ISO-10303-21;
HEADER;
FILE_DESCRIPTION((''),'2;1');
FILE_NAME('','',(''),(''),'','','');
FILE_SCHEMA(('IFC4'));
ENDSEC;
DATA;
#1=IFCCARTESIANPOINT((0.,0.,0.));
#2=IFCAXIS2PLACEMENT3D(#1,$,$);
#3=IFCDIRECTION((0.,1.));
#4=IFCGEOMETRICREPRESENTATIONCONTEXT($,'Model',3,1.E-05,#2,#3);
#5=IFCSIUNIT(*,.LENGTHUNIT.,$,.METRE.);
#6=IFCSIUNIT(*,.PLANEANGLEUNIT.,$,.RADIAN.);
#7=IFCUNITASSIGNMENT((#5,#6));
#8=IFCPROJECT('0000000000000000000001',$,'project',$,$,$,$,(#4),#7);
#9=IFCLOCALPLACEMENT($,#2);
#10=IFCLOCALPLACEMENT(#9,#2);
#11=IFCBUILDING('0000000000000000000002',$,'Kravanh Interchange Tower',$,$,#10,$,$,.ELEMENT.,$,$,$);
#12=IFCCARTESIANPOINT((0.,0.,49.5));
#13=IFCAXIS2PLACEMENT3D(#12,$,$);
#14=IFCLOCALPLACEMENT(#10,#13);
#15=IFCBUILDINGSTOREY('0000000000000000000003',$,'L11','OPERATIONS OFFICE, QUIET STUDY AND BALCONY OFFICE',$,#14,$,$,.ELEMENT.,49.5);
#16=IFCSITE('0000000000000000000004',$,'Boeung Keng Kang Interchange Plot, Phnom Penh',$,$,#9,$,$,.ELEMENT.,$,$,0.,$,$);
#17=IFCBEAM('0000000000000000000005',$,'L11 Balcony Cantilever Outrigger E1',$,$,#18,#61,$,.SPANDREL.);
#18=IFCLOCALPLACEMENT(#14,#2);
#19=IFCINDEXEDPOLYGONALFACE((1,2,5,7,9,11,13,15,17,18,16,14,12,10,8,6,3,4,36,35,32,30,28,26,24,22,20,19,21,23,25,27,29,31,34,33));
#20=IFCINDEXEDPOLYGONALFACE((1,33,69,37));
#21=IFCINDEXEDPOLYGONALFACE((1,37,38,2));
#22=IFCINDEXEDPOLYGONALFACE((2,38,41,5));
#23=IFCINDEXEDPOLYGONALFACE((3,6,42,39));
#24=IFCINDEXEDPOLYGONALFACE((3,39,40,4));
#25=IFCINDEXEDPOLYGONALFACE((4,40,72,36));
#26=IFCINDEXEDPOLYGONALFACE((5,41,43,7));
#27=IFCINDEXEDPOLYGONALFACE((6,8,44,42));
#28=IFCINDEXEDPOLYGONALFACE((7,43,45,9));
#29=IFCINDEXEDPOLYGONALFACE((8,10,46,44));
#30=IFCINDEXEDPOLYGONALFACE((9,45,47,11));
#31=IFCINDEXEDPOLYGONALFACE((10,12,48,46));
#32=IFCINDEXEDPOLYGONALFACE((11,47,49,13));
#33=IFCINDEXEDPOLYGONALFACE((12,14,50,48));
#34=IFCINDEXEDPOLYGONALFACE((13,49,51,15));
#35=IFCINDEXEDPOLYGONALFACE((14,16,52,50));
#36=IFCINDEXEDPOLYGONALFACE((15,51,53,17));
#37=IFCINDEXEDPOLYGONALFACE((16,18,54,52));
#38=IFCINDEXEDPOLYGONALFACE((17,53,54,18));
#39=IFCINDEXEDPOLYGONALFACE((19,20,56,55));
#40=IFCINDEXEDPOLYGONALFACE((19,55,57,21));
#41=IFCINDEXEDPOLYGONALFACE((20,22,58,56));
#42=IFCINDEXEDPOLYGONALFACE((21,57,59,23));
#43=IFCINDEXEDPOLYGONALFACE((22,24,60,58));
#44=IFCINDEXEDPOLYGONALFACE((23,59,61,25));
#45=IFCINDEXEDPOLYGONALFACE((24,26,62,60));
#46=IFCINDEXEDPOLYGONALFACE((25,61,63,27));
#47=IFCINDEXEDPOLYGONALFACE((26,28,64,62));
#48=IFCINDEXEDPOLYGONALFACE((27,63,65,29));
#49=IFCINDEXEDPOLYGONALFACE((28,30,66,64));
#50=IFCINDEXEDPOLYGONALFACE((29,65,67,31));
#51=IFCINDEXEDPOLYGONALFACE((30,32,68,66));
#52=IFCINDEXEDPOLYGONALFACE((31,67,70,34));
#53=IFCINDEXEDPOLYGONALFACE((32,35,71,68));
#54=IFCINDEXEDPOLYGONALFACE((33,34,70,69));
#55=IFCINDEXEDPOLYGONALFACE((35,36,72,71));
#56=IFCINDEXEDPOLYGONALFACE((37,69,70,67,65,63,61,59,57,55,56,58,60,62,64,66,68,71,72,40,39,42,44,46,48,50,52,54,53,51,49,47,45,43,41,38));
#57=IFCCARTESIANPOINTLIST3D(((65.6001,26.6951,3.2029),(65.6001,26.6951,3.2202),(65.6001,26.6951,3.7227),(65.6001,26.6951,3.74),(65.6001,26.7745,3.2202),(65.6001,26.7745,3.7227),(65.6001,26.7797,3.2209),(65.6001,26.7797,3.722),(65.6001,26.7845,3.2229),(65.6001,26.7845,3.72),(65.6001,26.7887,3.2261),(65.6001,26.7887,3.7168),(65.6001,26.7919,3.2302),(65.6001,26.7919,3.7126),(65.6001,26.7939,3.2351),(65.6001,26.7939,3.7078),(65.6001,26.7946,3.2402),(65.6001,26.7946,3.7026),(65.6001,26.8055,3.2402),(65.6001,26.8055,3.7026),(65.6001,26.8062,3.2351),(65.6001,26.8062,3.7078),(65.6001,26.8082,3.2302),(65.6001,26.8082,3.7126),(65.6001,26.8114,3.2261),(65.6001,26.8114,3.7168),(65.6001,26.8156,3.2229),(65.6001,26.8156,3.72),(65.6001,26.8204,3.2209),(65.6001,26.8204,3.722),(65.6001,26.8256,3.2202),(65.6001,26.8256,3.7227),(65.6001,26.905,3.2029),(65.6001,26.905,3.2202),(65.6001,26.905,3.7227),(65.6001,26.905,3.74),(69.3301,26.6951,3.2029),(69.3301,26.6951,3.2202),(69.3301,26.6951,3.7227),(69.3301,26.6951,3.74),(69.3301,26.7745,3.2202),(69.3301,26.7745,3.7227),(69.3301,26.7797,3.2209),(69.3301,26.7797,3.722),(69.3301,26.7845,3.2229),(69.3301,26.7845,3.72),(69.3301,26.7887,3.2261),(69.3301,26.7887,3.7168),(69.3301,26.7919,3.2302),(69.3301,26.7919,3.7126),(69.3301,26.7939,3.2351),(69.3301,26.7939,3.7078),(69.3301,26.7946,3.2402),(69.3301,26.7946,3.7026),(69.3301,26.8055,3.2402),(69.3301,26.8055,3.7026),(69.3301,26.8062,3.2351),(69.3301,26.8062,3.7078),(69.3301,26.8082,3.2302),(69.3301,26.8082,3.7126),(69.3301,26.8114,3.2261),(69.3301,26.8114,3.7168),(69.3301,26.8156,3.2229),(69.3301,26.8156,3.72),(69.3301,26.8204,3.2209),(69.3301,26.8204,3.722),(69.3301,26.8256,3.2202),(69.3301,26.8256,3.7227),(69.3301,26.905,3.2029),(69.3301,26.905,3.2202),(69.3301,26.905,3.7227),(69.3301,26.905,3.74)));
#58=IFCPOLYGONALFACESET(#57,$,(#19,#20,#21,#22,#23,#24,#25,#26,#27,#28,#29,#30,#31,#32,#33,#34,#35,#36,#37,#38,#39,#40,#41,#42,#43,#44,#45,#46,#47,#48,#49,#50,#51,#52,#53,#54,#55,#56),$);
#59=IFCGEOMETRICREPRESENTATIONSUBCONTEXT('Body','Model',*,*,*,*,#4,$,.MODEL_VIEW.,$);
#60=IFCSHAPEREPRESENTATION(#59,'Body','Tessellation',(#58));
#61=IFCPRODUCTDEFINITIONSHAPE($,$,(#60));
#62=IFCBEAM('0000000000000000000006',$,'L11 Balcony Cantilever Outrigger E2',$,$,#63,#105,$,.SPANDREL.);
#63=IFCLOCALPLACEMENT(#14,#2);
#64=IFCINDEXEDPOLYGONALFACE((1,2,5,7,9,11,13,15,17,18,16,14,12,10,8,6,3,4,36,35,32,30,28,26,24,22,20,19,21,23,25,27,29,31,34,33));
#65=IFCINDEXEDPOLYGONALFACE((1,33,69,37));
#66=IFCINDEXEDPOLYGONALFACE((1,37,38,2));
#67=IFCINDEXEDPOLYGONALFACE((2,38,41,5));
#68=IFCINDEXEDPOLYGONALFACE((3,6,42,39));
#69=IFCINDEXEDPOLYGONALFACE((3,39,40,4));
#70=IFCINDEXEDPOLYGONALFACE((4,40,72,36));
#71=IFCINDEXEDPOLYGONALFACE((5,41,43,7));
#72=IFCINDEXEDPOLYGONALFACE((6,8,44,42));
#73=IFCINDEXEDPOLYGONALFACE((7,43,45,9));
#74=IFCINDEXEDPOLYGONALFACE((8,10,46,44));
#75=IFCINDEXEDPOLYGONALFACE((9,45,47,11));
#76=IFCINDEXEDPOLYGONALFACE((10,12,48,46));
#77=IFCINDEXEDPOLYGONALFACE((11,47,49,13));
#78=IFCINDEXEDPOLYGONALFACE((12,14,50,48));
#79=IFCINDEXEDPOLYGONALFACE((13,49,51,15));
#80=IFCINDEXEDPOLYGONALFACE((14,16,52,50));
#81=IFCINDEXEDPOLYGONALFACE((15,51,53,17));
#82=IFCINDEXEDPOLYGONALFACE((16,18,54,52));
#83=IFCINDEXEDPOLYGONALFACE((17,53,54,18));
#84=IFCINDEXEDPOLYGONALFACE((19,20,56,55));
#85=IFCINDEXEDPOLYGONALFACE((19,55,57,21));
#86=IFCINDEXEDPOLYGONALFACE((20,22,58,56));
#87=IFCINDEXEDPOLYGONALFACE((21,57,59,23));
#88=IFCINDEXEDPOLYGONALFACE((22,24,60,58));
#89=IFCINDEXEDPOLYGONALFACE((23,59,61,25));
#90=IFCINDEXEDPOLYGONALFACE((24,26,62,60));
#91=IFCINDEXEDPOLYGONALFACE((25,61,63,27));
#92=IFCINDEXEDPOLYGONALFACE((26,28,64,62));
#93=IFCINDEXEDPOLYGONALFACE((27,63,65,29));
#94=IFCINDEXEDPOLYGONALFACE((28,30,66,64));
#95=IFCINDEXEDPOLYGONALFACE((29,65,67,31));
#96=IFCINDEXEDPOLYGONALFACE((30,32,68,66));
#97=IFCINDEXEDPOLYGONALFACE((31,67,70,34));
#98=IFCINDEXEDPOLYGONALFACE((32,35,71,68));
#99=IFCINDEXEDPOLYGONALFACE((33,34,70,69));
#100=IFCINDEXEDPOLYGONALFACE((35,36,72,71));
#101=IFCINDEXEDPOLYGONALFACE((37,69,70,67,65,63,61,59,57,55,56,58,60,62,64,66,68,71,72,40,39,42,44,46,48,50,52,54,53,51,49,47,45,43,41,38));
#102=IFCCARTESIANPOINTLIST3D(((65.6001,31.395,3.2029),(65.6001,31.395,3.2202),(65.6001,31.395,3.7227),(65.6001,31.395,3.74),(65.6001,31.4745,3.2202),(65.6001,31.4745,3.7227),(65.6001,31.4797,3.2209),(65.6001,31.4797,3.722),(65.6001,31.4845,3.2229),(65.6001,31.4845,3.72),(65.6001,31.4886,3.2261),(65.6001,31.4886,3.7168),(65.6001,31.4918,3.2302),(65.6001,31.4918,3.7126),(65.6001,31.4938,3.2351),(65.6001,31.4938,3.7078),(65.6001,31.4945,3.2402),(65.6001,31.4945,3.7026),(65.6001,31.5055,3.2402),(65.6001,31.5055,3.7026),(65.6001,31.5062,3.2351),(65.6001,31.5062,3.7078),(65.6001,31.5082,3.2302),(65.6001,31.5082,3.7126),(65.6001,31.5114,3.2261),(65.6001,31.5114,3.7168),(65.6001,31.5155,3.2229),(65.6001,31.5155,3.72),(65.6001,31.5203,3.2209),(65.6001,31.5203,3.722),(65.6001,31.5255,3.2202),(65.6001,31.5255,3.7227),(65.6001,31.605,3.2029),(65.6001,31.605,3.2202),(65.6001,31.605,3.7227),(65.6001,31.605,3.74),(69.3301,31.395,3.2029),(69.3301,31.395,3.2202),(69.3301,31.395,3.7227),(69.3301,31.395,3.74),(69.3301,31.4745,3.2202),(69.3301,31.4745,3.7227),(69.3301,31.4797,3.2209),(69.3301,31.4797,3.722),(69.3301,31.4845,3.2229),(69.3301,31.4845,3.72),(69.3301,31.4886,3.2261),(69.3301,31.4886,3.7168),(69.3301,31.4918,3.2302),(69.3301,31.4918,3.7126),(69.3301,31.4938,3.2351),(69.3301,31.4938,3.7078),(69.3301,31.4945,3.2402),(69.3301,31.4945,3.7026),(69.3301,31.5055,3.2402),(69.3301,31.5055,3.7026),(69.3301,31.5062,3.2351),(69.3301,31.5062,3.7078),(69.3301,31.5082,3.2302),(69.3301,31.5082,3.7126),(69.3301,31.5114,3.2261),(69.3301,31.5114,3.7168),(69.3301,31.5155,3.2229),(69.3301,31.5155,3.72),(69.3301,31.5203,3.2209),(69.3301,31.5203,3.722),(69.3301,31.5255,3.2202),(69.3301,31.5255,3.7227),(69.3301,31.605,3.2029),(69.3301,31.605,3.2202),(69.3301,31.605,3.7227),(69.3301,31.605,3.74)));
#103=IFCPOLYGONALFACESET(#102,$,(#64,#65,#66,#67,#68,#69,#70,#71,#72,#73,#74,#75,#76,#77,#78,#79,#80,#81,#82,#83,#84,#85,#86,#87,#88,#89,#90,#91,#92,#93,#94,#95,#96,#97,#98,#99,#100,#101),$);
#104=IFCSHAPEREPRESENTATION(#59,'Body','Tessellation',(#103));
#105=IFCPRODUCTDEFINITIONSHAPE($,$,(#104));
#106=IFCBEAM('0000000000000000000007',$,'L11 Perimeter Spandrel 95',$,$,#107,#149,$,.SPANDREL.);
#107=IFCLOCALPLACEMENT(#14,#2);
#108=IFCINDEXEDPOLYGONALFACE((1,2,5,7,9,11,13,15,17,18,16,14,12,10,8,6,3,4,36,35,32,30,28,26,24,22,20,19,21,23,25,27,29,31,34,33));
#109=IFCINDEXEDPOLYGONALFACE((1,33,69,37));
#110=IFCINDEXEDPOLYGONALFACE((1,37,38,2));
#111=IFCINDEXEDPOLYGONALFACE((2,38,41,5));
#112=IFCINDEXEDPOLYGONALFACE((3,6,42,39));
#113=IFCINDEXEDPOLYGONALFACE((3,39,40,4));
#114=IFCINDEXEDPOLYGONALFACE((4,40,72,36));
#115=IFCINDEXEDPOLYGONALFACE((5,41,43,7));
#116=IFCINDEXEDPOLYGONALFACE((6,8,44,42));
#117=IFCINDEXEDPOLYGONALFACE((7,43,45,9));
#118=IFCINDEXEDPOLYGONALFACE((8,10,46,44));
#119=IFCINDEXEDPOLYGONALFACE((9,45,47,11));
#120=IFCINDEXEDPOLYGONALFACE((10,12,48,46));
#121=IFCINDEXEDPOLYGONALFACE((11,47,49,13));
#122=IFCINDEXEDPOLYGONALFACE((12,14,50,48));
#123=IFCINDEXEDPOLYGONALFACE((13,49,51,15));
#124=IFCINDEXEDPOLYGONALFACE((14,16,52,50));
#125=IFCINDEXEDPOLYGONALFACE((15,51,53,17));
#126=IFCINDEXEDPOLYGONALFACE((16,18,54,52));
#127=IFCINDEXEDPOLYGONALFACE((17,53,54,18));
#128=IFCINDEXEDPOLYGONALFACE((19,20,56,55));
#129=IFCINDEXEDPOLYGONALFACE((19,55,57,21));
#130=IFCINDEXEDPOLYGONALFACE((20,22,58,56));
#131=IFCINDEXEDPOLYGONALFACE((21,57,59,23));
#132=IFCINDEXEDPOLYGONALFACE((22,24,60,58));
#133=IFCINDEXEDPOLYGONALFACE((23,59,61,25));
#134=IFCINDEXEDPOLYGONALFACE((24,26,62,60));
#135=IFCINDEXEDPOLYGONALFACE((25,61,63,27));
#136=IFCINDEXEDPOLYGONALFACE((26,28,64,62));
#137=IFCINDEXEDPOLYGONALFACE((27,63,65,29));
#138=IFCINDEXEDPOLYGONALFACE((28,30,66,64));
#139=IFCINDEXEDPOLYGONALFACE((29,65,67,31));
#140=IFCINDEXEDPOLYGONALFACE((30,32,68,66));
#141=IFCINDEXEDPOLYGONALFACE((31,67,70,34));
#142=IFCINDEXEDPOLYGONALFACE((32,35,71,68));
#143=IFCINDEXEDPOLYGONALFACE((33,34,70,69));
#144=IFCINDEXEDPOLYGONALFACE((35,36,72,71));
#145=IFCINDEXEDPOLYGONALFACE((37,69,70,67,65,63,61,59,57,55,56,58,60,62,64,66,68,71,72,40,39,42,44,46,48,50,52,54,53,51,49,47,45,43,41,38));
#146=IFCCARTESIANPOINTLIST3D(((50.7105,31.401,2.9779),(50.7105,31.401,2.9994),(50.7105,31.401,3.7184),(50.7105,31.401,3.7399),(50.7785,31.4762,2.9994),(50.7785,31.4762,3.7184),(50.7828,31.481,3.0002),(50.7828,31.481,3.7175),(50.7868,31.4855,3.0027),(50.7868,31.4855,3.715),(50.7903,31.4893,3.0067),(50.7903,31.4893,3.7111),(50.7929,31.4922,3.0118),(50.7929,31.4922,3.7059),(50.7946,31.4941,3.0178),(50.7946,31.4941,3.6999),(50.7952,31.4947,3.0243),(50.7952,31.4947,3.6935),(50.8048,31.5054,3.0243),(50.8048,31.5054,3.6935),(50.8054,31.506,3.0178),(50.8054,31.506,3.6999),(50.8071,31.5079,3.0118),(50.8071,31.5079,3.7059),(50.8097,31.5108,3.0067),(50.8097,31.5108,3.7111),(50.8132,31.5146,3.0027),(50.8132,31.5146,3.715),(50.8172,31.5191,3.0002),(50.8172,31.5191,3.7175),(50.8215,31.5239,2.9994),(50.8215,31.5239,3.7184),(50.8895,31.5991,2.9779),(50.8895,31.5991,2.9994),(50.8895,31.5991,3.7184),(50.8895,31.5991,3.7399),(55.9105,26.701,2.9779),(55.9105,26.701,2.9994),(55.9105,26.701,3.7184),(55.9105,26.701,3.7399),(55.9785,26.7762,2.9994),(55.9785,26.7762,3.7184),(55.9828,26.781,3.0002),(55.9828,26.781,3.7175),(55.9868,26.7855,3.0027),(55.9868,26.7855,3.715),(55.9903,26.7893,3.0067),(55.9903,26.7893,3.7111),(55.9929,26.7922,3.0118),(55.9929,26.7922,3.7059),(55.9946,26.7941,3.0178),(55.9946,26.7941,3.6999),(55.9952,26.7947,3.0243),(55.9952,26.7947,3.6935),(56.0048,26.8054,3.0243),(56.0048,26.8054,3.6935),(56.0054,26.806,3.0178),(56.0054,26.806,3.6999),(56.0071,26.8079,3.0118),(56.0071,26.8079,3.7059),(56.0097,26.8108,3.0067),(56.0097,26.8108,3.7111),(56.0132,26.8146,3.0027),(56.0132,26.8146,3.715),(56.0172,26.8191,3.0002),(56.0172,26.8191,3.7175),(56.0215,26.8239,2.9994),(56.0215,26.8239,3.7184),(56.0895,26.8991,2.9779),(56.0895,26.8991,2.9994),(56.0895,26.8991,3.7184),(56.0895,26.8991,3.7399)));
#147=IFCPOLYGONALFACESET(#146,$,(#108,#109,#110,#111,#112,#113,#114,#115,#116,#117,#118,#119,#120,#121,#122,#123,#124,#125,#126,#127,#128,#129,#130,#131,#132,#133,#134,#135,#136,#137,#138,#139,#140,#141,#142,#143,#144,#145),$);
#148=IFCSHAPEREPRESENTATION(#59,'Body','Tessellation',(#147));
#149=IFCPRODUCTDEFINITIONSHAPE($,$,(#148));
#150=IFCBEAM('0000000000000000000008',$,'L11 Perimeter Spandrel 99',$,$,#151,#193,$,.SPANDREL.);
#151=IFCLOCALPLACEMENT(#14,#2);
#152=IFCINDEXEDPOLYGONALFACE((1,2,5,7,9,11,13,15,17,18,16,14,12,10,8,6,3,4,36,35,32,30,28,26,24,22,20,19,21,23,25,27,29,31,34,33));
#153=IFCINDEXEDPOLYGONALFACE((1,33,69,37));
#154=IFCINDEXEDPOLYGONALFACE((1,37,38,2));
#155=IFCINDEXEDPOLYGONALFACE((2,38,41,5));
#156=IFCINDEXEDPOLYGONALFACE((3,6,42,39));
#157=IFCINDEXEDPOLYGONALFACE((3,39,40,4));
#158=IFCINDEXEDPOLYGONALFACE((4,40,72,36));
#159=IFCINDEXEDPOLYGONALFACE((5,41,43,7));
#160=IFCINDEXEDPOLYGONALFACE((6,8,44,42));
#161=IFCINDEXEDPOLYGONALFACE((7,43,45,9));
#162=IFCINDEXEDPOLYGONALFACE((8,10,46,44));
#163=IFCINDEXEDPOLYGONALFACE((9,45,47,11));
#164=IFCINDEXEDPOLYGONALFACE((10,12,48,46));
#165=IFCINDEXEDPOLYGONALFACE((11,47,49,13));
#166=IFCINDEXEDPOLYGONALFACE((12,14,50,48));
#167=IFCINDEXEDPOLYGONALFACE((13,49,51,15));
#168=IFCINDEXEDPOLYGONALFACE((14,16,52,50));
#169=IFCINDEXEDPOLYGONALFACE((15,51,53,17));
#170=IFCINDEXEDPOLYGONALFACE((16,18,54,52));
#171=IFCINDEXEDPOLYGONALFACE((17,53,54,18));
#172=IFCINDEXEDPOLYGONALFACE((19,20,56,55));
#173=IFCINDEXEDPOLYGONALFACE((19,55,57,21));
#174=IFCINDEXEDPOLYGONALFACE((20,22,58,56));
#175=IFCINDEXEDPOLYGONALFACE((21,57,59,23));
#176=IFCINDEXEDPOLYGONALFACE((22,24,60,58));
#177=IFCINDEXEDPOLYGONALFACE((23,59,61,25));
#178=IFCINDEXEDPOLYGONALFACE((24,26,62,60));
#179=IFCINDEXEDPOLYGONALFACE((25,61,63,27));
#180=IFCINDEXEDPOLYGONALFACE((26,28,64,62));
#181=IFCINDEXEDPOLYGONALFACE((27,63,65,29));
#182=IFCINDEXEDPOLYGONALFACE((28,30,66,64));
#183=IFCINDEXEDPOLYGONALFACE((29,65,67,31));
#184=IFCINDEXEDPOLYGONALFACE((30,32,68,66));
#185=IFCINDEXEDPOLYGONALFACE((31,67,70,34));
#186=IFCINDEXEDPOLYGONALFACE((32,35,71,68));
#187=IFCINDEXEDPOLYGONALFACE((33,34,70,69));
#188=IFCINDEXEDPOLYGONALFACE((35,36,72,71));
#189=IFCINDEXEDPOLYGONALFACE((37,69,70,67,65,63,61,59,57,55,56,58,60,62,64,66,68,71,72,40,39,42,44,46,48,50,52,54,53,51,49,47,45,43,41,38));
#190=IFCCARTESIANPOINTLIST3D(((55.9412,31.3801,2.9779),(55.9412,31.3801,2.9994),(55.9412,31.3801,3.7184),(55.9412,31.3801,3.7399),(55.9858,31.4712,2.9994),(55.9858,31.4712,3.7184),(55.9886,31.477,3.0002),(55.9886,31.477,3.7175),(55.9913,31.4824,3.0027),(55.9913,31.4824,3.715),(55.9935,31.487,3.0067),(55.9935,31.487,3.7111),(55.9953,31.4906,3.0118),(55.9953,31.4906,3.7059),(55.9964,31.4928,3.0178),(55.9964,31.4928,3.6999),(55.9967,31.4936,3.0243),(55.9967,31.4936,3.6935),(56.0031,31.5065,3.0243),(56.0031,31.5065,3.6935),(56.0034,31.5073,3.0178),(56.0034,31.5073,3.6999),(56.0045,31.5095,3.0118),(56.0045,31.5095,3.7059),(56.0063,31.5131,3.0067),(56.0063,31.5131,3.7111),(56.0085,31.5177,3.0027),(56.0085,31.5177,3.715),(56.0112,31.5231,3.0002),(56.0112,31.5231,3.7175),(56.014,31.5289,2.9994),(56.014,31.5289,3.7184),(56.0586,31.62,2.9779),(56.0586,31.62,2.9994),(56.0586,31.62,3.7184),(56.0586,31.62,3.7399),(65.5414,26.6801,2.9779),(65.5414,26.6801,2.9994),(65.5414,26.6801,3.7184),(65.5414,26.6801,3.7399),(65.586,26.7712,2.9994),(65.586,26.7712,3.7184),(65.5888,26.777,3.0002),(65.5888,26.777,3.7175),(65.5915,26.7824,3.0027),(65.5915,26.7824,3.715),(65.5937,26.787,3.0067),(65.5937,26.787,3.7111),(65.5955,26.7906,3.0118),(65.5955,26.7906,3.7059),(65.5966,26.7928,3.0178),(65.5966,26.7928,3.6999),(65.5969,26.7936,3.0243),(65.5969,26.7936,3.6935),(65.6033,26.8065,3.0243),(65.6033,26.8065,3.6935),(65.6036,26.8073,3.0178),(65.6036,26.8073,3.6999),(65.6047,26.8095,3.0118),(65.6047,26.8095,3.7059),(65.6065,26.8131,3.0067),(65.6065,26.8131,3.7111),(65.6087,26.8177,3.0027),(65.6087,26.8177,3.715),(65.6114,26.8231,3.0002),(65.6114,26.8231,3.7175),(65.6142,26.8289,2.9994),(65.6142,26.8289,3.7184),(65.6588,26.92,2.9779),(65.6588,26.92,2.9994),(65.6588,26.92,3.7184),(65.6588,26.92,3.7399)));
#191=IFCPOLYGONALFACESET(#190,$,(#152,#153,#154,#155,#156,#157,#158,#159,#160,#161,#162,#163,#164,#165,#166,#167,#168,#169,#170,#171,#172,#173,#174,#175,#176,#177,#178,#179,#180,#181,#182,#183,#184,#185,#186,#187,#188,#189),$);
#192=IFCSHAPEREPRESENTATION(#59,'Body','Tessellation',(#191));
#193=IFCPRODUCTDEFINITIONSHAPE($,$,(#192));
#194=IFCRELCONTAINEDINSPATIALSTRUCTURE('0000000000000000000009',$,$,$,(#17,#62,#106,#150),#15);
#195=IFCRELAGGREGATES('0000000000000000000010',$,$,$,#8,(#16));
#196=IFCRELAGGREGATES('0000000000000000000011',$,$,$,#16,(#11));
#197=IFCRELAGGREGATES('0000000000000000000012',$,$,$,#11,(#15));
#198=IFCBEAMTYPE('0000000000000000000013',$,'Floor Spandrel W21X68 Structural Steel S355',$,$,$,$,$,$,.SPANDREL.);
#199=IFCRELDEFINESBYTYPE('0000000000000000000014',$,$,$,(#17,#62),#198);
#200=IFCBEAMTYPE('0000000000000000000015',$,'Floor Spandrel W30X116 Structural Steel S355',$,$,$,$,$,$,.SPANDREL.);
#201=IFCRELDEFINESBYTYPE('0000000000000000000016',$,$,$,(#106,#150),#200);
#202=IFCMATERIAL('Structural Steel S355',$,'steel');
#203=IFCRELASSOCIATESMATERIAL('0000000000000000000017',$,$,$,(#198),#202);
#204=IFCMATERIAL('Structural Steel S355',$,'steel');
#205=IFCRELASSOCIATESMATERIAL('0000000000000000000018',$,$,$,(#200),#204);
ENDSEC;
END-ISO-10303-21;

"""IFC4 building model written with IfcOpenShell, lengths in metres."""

from ifc_helpers import new_model, si_unit, direction, frame, origin, origin_2d, place, context, subcontext, project, spatial, i_section, extrude, material, material_profile, profile_set, type_object, element, save


model = new_model("IFC4")

# Units and contexts
model_context = context("Model", 3, precision=1e-05, world=origin(), true_north=direction((0.0, 1.0)))
body_context = subcontext(model_context, "Body", "Model", "MODEL_VIEW")
ifc_project = project(units=[si_unit("LENGTHUNIT", "METRE"), si_unit("PLANEANGLEUNIT", "RADIAN")], contexts=[model_context])

# Site, building, storey
site_placement = place(None, origin())
site = spatial("IfcSite", under=ifc_project, at=site_placement, Name="Boeung Keng Kang Interchange Plot, Phnom Penh", CompositionType="ELEMENT", RefElevation=0.0)
building_placement = place(site_placement, origin())
building = spatial("IfcBuilding", under=site, at=building_placement, Name="Kravanh Interchange Tower", CompositionType="ELEMENT")
storey_placement = place(building_placement, frame((0.0, 0.0, 49.5)))
storey = spatial("IfcBuildingStorey", under=building, at=storey_placement, Name="L11", Description="OPERATIONS OFFICE, QUIET STUDY AND BALCONY OFFICE", CompositionType="ELEMENT", Elevation=49.5)

# Beams
ifc_material_1 = material(Name="Structural Steel S355", Category="steel")
ifc_material_profile_1 = material_profile(ifc_material_1, i_section(OverallWidth=0.21, OverallDepth=0.5371, WebThickness=0.011, FlangeThickness=0.0173, FilletRadius=0.02, at=origin_2d()), Name="W21X68")
ifc_profile_set_1 = profile_set([ifc_material_profile_1], Name="Structural Steel S355")
beam_type_1 = type_object("IfcBeamType", Name="Floor Spandrel W21X68 Structural Steel S355", PredefinedType="SPANDREL", material=ifc_profile_set_1)
for number, where, z_axis, x_axis, name in (
    (1, (65.6001, 26.8, 3.4714), (1.0, 0.0, 0.0), (0.0, 1.0, 0.0), "L11 Balcony Cantilever Outrigger E1"),
    (2, (65.6001, 31.5, 3.4714), (1.0, 0.0, 0.0), (0.0, 1.0, 0.0), "L11 Balcony Cantilever Outrigger E2"),
):
    element("IfcBeam", number, at=place(storey_placement, frame(where, z_axis=z_axis, x_axis=x_axis)), inside=storey, type_object=beam_type_1, Name=name, PredefinedType="SPANDREL", context=body_context, shape_type="SweptSolid", body=[
        extrude(i_section(OverallWidth=0.21, OverallDepth=0.5371, WebThickness=0.011, FlangeThickness=0.0173, FilletRadius=0.02, at=origin_2d()), origin(), (0.0, 0.0, 1.0), 3.73),
    ])
ifc_material_2 = material(Name="Structural Steel S355", Category="steel")
ifc_material_profile_2 = material_profile(ifc_material_2, i_section(OverallWidth=0.2671, OverallDepth=0.762, WebThickness=0.0144, FlangeThickness=0.0215, FilletRadius=0.0249, at=origin_2d()), Name="W30X116")
ifc_profile_set_2 = profile_set([ifc_material_profile_2], Name="Structural Steel S355")
beam_type_2 = type_object("IfcBeamType", Name="Floor Spandrel W30X116 Structural Steel S355", PredefinedType="SPANDREL", material=ifc_profile_set_2)
beam_1_placement = place(storey_placement, frame((56.0, 26.8, 3.3589), z_axis=(-0.741874, 0.670539, 0.0), x_axis=(-0.670539, -0.741874, 0.0)))
element("IfcBeam", 3, at=beam_1_placement, inside=storey, type_object=beam_type_2, Name="L11 Perimeter Spandrel 95", PredefinedType="SPANDREL", context=body_context, shape_type="SweptSolid", body=[
    extrude(i_section(OverallWidth=0.2671, OverallDepth=0.762, WebThickness=0.0144, FlangeThickness=0.0215, FilletRadius=0.0249, at=origin_2d()), origin(), (0.0, 0.0, 1.0), 7.0093),
])
beam_2_placement = place(storey_placement, frame((65.6001, 26.8, 3.3589), z_axis=(-0.898142, 0.439706, 0.0), x_axis=(-0.439706, -0.898142, 0.0)))
element("IfcBeam", 4, at=beam_2_placement, inside=storey, type_object=beam_type_2, Name="L11 Perimeter Spandrel 99", PredefinedType="SPANDREL", context=body_context, shape_type="SweptSolid", body=[
    extrude(i_section(OverallWidth=0.2671, OverallDepth=0.762, WebThickness=0.0144, FlangeThickness=0.0215, FilletRadius=0.0249, at=origin_2d()), origin(), (0.0, 0.0, 1.0), 10.689),
])

save(model, "model.ifc")
